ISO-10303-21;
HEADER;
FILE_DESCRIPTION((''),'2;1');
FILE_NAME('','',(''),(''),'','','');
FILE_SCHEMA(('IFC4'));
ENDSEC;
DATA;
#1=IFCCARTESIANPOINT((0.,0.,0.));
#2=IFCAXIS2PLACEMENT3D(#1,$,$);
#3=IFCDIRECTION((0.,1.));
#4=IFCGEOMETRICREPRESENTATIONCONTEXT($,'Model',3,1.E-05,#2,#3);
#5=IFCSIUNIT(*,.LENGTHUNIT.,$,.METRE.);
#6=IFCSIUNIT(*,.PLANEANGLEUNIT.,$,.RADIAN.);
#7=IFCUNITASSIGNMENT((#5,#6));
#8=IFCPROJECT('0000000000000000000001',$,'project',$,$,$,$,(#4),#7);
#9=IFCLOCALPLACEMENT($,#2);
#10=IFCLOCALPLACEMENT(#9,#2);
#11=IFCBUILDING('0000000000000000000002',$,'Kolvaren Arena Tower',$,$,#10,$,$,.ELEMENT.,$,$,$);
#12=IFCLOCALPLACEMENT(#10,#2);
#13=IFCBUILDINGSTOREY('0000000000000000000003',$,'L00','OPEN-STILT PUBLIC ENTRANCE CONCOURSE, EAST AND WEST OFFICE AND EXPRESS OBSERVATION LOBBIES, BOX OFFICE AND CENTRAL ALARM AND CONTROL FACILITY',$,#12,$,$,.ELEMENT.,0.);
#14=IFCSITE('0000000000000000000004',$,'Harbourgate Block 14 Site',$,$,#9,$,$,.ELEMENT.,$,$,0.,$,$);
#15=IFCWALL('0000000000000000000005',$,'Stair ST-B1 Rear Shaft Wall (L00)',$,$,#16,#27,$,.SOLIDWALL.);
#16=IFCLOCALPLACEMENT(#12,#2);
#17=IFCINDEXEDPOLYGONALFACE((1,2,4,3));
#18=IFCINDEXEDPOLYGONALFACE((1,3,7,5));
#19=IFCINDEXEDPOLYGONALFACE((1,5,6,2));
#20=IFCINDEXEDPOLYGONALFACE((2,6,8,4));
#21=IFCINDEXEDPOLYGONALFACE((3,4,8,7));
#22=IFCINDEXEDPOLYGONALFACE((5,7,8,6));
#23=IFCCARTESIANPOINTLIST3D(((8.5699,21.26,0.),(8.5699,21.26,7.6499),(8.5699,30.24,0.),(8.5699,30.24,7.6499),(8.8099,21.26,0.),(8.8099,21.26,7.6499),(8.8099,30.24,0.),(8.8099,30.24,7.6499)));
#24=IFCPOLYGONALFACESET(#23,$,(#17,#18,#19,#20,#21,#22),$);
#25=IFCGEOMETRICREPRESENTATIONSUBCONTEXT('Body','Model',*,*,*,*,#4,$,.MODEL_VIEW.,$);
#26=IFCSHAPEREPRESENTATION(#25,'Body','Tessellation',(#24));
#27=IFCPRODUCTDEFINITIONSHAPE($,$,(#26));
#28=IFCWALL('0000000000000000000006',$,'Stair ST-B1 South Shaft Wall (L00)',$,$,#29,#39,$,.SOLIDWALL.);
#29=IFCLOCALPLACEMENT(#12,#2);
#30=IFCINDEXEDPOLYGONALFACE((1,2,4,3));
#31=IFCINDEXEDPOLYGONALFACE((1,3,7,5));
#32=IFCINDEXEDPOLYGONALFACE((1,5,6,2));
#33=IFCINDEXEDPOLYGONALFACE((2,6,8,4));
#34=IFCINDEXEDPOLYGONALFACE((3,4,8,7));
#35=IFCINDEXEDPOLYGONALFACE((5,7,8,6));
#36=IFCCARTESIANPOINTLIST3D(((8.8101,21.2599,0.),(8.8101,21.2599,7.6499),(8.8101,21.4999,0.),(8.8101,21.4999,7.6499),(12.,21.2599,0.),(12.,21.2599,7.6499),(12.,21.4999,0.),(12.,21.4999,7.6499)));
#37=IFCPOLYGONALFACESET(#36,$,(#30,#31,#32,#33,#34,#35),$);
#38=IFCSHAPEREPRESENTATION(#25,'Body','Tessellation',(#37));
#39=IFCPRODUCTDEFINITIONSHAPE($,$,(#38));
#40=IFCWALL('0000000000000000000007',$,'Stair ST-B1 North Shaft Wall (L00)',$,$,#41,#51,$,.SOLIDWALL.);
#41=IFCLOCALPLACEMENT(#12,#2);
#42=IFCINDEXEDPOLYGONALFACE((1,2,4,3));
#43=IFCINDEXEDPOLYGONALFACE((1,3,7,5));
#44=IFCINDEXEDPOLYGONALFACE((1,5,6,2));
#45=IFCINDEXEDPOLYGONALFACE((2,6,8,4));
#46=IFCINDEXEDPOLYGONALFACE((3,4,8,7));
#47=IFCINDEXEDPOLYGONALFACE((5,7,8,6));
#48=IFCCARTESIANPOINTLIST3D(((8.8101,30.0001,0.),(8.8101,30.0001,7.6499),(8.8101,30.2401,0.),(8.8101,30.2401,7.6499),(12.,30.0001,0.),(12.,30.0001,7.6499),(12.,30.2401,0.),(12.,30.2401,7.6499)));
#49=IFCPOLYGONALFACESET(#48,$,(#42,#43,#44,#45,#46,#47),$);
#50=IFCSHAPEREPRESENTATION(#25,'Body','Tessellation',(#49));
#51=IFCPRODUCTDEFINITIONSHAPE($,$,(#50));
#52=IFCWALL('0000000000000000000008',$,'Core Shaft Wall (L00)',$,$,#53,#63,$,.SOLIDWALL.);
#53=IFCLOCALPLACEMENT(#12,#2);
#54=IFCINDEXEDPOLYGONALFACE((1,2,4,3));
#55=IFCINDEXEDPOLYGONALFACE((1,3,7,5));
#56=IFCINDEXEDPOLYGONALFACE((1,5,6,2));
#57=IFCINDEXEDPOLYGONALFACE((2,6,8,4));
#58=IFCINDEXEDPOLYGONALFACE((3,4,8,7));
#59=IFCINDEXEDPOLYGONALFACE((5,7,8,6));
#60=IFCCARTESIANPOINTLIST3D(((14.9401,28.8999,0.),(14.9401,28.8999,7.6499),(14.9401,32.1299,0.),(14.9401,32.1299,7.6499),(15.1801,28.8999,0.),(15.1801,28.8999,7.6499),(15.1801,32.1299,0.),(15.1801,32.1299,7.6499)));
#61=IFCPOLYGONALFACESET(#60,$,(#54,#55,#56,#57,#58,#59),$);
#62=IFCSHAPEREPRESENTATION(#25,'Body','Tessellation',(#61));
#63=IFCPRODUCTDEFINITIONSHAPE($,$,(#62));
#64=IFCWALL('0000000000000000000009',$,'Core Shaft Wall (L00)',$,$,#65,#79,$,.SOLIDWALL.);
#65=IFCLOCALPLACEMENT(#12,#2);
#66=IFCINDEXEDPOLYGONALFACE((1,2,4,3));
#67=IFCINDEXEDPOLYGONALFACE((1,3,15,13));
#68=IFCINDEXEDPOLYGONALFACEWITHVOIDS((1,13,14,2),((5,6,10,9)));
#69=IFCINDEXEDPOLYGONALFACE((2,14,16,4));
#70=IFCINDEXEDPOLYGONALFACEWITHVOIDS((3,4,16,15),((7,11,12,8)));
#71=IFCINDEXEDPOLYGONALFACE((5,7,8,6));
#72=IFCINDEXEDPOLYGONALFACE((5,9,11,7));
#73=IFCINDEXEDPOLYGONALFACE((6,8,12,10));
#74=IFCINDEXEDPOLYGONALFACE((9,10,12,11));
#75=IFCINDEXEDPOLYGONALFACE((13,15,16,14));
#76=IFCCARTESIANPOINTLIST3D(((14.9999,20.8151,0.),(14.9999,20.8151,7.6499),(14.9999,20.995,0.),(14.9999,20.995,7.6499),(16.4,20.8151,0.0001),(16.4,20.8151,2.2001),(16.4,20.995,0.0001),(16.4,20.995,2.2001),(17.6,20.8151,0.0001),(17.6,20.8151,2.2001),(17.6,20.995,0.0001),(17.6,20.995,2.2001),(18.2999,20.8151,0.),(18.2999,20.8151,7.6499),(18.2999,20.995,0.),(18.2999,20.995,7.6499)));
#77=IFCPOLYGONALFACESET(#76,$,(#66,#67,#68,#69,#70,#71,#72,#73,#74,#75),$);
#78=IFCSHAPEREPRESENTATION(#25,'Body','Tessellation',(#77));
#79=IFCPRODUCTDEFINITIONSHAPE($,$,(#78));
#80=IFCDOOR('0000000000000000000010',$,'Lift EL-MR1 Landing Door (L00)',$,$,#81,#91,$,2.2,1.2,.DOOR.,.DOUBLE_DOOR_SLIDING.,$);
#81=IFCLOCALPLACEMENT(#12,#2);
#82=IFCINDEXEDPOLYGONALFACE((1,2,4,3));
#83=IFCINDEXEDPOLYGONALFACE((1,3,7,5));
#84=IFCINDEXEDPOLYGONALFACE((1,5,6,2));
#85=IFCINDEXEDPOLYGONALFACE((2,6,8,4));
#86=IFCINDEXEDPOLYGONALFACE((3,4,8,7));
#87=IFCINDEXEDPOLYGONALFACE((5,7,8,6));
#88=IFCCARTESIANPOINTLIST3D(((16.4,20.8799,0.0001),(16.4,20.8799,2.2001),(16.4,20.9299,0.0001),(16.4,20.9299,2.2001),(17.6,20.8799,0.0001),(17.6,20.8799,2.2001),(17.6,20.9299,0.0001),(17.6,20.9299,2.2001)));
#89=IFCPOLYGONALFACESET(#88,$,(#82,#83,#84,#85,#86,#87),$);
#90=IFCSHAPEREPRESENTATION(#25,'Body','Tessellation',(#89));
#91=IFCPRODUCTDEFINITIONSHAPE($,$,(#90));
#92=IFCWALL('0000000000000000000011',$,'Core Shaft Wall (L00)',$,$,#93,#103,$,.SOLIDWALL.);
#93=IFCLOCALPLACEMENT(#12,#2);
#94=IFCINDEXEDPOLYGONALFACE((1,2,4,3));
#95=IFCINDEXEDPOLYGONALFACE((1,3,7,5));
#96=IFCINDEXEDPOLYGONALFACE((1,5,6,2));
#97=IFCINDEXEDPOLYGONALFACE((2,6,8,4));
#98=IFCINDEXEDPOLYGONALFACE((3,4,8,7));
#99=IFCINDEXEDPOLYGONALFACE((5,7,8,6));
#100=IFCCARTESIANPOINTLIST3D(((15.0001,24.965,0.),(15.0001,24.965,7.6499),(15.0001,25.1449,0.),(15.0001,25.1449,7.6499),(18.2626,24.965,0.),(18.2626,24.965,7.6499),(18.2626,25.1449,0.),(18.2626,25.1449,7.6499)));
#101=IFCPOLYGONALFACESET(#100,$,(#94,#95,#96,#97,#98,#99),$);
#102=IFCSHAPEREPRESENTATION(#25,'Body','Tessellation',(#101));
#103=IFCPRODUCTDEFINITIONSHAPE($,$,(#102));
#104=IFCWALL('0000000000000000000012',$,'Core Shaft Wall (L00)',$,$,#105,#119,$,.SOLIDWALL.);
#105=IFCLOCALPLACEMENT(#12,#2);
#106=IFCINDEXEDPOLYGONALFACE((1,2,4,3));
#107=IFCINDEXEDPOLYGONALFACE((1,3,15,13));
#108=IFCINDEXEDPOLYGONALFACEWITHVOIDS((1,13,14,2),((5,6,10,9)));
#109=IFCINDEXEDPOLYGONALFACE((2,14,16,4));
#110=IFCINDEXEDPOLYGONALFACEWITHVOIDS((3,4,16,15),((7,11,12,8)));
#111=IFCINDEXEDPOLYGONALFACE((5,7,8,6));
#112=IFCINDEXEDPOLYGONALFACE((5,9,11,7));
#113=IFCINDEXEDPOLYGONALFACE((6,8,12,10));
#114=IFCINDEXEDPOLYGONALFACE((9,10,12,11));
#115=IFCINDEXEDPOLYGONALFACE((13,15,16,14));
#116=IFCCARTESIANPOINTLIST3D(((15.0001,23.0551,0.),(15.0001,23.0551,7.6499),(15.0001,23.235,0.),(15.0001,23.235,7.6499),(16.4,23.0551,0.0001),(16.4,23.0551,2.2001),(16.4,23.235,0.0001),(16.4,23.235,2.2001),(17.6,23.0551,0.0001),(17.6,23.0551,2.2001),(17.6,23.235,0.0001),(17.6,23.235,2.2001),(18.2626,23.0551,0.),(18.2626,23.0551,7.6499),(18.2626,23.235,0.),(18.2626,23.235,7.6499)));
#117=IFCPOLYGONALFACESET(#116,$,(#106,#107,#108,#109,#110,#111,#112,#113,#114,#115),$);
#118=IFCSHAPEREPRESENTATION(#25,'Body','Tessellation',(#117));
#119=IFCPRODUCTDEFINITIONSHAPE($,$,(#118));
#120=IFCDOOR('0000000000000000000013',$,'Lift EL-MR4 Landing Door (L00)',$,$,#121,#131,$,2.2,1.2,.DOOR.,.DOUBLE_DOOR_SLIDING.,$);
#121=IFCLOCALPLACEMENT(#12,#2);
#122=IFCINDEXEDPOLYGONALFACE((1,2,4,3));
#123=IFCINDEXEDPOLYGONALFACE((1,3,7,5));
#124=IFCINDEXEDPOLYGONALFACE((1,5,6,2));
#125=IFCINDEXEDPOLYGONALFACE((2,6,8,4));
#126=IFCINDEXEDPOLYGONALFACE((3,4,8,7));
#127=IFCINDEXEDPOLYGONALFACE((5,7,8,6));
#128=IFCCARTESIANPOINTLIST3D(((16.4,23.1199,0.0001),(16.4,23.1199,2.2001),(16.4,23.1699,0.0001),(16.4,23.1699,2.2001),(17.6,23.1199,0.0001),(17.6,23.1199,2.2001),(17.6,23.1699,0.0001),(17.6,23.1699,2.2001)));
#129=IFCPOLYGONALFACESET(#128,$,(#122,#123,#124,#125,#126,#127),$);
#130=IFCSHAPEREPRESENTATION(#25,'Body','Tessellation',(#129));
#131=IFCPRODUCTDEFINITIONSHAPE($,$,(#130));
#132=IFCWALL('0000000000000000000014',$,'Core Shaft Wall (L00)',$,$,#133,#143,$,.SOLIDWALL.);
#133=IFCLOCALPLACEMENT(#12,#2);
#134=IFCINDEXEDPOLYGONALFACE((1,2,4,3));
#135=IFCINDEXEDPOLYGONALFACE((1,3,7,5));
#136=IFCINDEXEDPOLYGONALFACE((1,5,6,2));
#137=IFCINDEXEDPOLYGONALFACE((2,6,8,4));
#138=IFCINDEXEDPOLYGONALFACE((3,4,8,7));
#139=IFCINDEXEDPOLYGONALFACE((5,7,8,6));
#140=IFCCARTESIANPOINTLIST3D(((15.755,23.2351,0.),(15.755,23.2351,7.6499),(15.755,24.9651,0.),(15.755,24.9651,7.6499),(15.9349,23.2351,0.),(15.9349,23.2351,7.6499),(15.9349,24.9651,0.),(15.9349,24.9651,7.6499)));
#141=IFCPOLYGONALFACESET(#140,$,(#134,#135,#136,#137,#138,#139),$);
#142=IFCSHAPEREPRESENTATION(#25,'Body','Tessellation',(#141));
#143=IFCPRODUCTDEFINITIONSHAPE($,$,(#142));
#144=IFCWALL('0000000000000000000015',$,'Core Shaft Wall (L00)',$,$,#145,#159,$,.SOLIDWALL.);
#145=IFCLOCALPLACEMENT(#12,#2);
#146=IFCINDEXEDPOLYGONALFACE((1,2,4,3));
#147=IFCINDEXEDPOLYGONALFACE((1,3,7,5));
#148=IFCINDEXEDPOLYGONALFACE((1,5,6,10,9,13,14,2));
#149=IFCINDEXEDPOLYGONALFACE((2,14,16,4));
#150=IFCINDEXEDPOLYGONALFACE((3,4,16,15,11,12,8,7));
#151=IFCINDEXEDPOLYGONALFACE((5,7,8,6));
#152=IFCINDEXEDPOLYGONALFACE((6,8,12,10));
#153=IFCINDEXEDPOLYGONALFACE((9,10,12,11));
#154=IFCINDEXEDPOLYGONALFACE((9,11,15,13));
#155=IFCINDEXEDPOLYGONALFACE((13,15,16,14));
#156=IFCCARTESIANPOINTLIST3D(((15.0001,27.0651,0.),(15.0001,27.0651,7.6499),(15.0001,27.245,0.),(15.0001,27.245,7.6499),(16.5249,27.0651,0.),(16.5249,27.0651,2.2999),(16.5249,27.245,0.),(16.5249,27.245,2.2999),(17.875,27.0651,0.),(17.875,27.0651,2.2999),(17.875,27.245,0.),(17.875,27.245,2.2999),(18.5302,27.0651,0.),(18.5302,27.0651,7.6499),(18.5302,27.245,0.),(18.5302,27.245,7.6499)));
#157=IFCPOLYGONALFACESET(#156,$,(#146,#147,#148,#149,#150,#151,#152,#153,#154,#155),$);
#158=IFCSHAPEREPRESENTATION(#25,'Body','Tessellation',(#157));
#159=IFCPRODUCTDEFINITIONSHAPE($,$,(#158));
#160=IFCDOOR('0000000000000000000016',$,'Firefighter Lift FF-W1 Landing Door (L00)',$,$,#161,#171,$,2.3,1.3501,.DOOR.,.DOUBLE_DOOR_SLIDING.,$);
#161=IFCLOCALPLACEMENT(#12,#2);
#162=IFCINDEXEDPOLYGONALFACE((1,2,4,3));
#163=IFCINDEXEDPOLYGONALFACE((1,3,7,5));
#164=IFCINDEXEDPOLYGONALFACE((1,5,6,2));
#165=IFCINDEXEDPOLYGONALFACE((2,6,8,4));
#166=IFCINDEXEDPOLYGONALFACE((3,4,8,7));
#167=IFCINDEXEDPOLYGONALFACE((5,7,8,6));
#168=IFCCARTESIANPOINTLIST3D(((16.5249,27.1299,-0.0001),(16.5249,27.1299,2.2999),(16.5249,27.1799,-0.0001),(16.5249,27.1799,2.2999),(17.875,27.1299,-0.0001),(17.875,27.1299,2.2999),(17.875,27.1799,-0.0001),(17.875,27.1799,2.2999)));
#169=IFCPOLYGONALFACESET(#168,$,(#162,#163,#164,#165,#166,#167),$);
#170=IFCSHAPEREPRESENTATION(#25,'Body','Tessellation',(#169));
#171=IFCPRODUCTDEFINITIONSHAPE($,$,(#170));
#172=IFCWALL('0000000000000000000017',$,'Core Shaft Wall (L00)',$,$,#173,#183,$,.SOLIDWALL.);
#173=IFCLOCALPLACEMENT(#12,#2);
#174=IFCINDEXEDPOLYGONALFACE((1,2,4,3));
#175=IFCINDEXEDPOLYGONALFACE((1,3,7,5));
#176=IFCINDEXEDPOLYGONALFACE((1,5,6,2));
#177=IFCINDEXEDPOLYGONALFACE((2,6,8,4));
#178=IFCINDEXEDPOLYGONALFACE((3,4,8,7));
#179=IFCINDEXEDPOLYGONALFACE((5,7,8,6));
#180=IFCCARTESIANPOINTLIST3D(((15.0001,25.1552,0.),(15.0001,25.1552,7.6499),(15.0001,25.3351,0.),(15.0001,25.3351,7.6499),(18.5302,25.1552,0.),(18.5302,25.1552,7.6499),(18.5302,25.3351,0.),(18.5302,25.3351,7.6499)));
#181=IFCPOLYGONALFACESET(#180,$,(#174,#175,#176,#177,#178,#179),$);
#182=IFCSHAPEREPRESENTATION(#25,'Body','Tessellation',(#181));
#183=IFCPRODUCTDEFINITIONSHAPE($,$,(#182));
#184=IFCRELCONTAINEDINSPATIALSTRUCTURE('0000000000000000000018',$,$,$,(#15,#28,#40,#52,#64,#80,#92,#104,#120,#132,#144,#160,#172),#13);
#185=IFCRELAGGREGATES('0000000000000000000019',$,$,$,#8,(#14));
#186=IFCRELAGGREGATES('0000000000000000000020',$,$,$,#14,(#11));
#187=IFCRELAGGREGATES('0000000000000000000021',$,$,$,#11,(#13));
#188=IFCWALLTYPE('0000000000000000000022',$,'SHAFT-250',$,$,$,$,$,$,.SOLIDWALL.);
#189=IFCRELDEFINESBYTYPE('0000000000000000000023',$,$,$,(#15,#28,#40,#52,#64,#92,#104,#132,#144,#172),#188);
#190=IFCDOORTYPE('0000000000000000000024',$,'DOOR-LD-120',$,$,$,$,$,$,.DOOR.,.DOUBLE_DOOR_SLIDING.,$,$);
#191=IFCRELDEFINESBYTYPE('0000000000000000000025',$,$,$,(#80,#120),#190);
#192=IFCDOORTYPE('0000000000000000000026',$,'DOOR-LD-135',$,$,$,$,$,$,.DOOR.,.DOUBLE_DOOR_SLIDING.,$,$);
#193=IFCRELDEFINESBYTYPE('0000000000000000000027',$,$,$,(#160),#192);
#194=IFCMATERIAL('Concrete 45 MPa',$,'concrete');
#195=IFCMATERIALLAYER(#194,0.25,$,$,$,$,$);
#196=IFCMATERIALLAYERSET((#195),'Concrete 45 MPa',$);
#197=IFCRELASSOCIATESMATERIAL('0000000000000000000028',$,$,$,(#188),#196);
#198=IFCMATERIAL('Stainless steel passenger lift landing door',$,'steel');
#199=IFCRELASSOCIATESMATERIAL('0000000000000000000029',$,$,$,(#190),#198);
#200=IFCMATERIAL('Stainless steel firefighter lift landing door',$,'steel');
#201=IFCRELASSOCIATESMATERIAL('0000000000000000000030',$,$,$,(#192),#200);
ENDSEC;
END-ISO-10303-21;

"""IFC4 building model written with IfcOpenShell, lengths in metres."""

from ifc_helpers import new_model, si_unit, direction, frame, frame_2d, origin, place, context, subcontext, project, spatial, rectangle, extrude, material, layer, layer_set, type_object, element, fill, save


model = new_model("IFC4")

# Units and contexts
model_context = context("Model", 3, precision=1e-05, world=origin(), true_north=direction((0.0, 1.0)))
body_context = subcontext(model_context, "Body", "Model", "MODEL_VIEW")
ifc_project = project(units=[si_unit("LENGTHUNIT", "METRE"), si_unit("PLANEANGLEUNIT", "RADIAN")], contexts=[model_context])

# Site, building, storey
site_placement = place(None, origin())
site = spatial("IfcSite", under=ifc_project, at=site_placement, Name="Harbourgate Block 14 Site", CompositionType="ELEMENT", RefElevation=0.0)
building_placement = place(site_placement, origin())
building = spatial("IfcBuilding", under=site, at=building_placement, Name="Kolvaren Arena Tower", CompositionType="ELEMENT")
storey_placement = place(building_placement, origin())
storey = spatial("IfcBuildingStorey", under=building, at=storey_placement, Name="L00", Description="OPEN-STILT PUBLIC ENTRANCE CONCOURSE, EAST AND WEST OFFICE AND EXPRESS OBSERVATION LOBBIES, BOX OFFICE AND CENTRAL ALARM AND CONTROL FACILITY", CompositionType="ELEMENT", Elevation=0.0)

# Shared definitions
ifc_material_1 = material(Name="Concrete 45 MPa", Category="concrete")
ifc_layer_1 = layer(ifc_material_1, 0.25)
ifc_layer_set_1 = layer_set([ifc_layer_1], Name="Concrete 45 MPa")
wall_type_1 = type_object("IfcWallType", Name="SHAFT-250", PredefinedType="SOLIDWALL", material=ifc_layer_set_1)

# Walls
wall_1_placement = place(storey_placement, frame((8.6899, 21.26, 0.0), z_axis=(0.0, 0.0, 1.0), x_axis=(0.0, 1.0, 0.0)))
element("IfcWall", 1, at=wall_1_placement, inside=storey, type_object=wall_type_1, Name="Stair ST-B1 Rear Shaft Wall (L00)", PredefinedType="SOLIDWALL", context=body_context, shape_type="SweptSolid", body=[
    extrude(rectangle(XDim=8.98, YDim=0.24, at=frame_2d((4.49, 0.0))), origin(), (0.0, 0.0, 1.0), 7.6499),
])
for number, where, z_axis, x_axis, name in (
    (2, (8.8101, 21.3799, 0.0), (0.0, 0.0, 1.0), (1.0, 0.0, 0.0), "Stair ST-B1 South Shaft Wall (L00)"),
    (3, (8.8101, 30.1201, 0.0), (0.0, 0.0, 1.0), (1.0, 0.0, 0.0), "Stair ST-B1 North Shaft Wall (L00)"),
):
    element("IfcWall", number, at=place(storey_placement, frame(where, z_axis=z_axis, x_axis=x_axis)), inside=storey, type_object=wall_type_1, Name=name, PredefinedType="SOLIDWALL", context=body_context, shape_type="SweptSolid", body=[
        extrude(rectangle(XDim=3.1899, YDim=0.24, at=frame_2d((1.595, 0.0))), origin(), (0.0, 0.0, 1.0), 7.6499),
    ])
wall_2_placement = place(storey_placement, frame((15.0601, 28.8999, 0.0), z_axis=(0.0, 0.0, 1.0), x_axis=(0.0, 1.0, 0.0)))
element("IfcWall", 4, at=wall_2_placement, inside=storey, type_object=wall_type_1, Name="Core Shaft Wall (L00)", PredefinedType="SOLIDWALL", context=body_context, shape_type="SweptSolid", body=[
    extrude(rectangle(XDim=3.23, YDim=0.24, at=frame_2d((1.615, 0.0))), origin(), (0.0, 0.0, 1.0), 7.6499),
])

# Wall, opening, door
wall_3_placement = place(storey_placement, frame((15.0, 20.905, 0.0), z_axis=(0.0, 0.0, 1.0), x_axis=(1.0, 0.0, 0.0)))
wall_3 = element("IfcWall", 5, at=wall_3_placement, inside=storey, type_object=wall_type_1, Name="Core Shaft Wall (L00)", PredefinedType="SOLIDWALL", context=body_context, shape_type="SweptSolid", body=[
    extrude(rectangle(XDim=3.3, YDim=0.1799, at=frame_2d((1.6499, 0.0))), origin(), (0.0, 0.0, 1.0), 7.6499),
])
opening_1_placement = place(wall_3_placement, frame((1.3999, 0.0, 0.0)))
opening_1 = element("IfcOpeningElement", 6, at=opening_1_placement, cuts=wall_3, PredefinedType="OPENING", context=body_context, shape_type="SweptSolid", body=[
    extrude(rectangle(XDim=1.2, YDim=2.2, at=frame_2d((0.6001, 1.1001))), frame((0.0, 0.0999, 0.0), z_axis=(0.0, -1.0, 0.0), x_axis=(1.0, 0.0, 0.0)), (0.0, 0.0, 1.0), 0.2),
])
ifc_material_2 = material(Name="Stainless steel passenger lift landing door", Category="steel")
door_type_1 = type_object("IfcDoorType", Name="DOOR-LD-120", OperationType="DOUBLE_DOOR_SLIDING", PredefinedType="DOOR", material=ifc_material_2)
door_1_placement = place(opening_1_placement, origin())
door_1 = element("IfcDoor", 7, at=door_1_placement, inside=storey, type_object=door_type_1, Name="Lift EL-MR1 Landing Door (L00)", OperationType="DOUBLE_DOOR_SLIDING", OverallHeight=2.2, OverallWidth=1.2, PredefinedType="DOOR", context=body_context, shape_type="SweptSolid", body=[
    extrude(rectangle(XDim=1.2, YDim=2.2, at=frame_2d((0.6001, 1.1001))), frame((0.0, 0.0249, 0.0), z_axis=(0.0, -1.0, 0.0), x_axis=(1.0, 0.0, 0.0)), (0.0, 0.0, 1.0), 0.05),
])
fill(opening_1, door_1)

# Wall
wall_4_placement = place(storey_placement, frame((15.0, 25.0549, 0.0), z_axis=(0.0, 0.0, 1.0), x_axis=(1.0, 0.0, 0.0)))
element("IfcWall", 8, at=wall_4_placement, inside=storey, type_object=wall_type_1, Name="Core Shaft Wall (L00)", PredefinedType="SOLIDWALL", context=body_context, shape_type="SweptSolid", body=[
    extrude(rectangle(XDim=3.2625, YDim=0.1799, at=frame_2d((1.6313, 0.0))), origin(), (0.0, 0.0, 1.0), 7.6499),
])

# Wall, opening, door
wall_5_placement = place(storey_placement, frame((15.0, 23.145, 0.0), z_axis=(0.0, 0.0, 1.0), x_axis=(1.0, 0.0, 0.0)))
wall_5 = element("IfcWall", 9, at=wall_5_placement, inside=storey, type_object=wall_type_1, Name="Core Shaft Wall (L00)", PredefinedType="SOLIDWALL", context=body_context, shape_type="SweptSolid", body=[
    extrude(rectangle(XDim=3.2625, YDim=0.1799, at=frame_2d((1.6313, 0.0))), origin(), (0.0, 0.0, 1.0), 7.6499),
])
opening_2_placement = place(wall_5_placement, frame((1.3999, 0.0, 0.0)))
opening_2 = element("IfcOpeningElement", 10, at=opening_2_placement, cuts=wall_5, PredefinedType="OPENING", context=body_context, shape_type="SweptSolid", body=[
    extrude(rectangle(XDim=1.2, YDim=2.2, at=frame_2d((0.6001, 1.1001))), frame((0.0, 0.0999, 0.0), z_axis=(0.0, -1.0, 0.0), x_axis=(1.0, 0.0, 0.0)), (0.0, 0.0, 1.0), 0.2),
])
door_2_placement = place(opening_2_placement, origin())
door_2 = element("IfcDoor", 11, at=door_2_placement, inside=storey, type_object=door_type_1, Name="Lift EL-MR4 Landing Door (L00)", OperationType="DOUBLE_DOOR_SLIDING", OverallHeight=2.2, OverallWidth=1.2, PredefinedType="DOOR", context=body_context, shape_type="SweptSolid", body=[
    extrude(rectangle(XDim=1.2, YDim=2.2, at=frame_2d((0.6001, 1.1001))), frame((0.0, 0.0249, 0.0), z_axis=(0.0, -1.0, 0.0), x_axis=(1.0, 0.0, 0.0)), (0.0, 0.0, 1.0), 0.05),
])
fill(opening_2, door_2)

# Wall
wall_6_placement = place(storey_placement, frame((15.845, 23.2351, 0.0), z_axis=(0.0, 0.0, 1.0), x_axis=(0.0, 1.0, 0.0)))
element("IfcWall", 12, at=wall_6_placement, inside=storey, type_object=wall_type_1, Name="Core Shaft Wall (L00)", PredefinedType="SOLIDWALL", context=body_context, shape_type="SweptSolid", body=[
    extrude(rectangle(XDim=1.73, YDim=0.1799, at=frame_2d((0.865, 0.0))), origin(), (0.0, 0.0, 1.0), 7.6499),
])

# Wall, opening, door
wall_7_placement = place(storey_placement, frame((15.0, 27.155, 0.0), z_axis=(0.0, 0.0, 1.0), x_axis=(1.0, 0.0, 0.0)))
wall_7 = element("IfcWall", 13, at=wall_7_placement, inside=storey, type_object=wall_type_1, Name="Core Shaft Wall (L00)", PredefinedType="SOLIDWALL", context=body_context, shape_type="SweptSolid", body=[
    extrude(rectangle(XDim=3.53, YDim=0.1799, at=frame_2d((1.7651, 0.0))), origin(), (0.0, 0.0, 1.0), 7.6499),
])
opening_3_placement = place(wall_7_placement, frame((1.5249, 0.0, 0.0)))
opening_3 = element("IfcOpeningElement", 14, at=opening_3_placement, cuts=wall_7, PredefinedType="OPENING", context=body_context, shape_type="SweptSolid", body=[
    extrude(rectangle(XDim=1.3501, YDim=2.3, at=frame_2d((0.675, 1.1499))), frame((0.0, 0.0999, 0.0), z_axis=(0.0, -1.0, 0.0), x_axis=(1.0, 0.0, 0.0)), (0.0, 0.0, 1.0), 0.2),
])
ifc_material_3 = material(Name="Stainless steel firefighter lift landing door", Category="steel")
door_type_2 = type_object("IfcDoorType", Name="DOOR-LD-135", OperationType="DOUBLE_DOOR_SLIDING", PredefinedType="DOOR", material=ifc_material_3)
door_3_placement = place(opening_3_placement, origin())
door_3 = element("IfcDoor", 15, at=door_3_placement, inside=storey, type_object=door_type_2, Name="Firefighter Lift FF-W1 Landing Door (L00)", OperationType="DOUBLE_DOOR_SLIDING", OverallHeight=2.3, OverallWidth=1.3501, PredefinedType="DOOR", context=body_context, shape_type="SweptSolid", body=[
    extrude(rectangle(XDim=1.3501, YDim=2.3, at=frame_2d((0.675, 1.1499))), frame((0.0, 0.0249, 0.0), z_axis=(0.0, -1.0, 0.0), x_axis=(1.0, 0.0, 0.0)), (0.0, 0.0, 1.0), 0.05),
])
fill(opening_3, door_3)

# Wall
wall_8_placement = place(storey_placement, frame((15.0, 25.2451, 0.0), z_axis=(0.0, 0.0, 1.0), x_axis=(1.0, 0.0, 0.0)))
element("IfcWall", 16, at=wall_8_placement, inside=storey, type_object=wall_type_1, Name="Core Shaft Wall (L00)", PredefinedType="SOLIDWALL", context=body_context, shape_type="SweptSolid", body=[
    extrude(rectangle(XDim=3.53, YDim=0.1799, at=frame_2d((1.7651, 0.0))), origin(), (0.0, 0.0, 1.0), 7.6499),
])

save(model, "model.ifc")
